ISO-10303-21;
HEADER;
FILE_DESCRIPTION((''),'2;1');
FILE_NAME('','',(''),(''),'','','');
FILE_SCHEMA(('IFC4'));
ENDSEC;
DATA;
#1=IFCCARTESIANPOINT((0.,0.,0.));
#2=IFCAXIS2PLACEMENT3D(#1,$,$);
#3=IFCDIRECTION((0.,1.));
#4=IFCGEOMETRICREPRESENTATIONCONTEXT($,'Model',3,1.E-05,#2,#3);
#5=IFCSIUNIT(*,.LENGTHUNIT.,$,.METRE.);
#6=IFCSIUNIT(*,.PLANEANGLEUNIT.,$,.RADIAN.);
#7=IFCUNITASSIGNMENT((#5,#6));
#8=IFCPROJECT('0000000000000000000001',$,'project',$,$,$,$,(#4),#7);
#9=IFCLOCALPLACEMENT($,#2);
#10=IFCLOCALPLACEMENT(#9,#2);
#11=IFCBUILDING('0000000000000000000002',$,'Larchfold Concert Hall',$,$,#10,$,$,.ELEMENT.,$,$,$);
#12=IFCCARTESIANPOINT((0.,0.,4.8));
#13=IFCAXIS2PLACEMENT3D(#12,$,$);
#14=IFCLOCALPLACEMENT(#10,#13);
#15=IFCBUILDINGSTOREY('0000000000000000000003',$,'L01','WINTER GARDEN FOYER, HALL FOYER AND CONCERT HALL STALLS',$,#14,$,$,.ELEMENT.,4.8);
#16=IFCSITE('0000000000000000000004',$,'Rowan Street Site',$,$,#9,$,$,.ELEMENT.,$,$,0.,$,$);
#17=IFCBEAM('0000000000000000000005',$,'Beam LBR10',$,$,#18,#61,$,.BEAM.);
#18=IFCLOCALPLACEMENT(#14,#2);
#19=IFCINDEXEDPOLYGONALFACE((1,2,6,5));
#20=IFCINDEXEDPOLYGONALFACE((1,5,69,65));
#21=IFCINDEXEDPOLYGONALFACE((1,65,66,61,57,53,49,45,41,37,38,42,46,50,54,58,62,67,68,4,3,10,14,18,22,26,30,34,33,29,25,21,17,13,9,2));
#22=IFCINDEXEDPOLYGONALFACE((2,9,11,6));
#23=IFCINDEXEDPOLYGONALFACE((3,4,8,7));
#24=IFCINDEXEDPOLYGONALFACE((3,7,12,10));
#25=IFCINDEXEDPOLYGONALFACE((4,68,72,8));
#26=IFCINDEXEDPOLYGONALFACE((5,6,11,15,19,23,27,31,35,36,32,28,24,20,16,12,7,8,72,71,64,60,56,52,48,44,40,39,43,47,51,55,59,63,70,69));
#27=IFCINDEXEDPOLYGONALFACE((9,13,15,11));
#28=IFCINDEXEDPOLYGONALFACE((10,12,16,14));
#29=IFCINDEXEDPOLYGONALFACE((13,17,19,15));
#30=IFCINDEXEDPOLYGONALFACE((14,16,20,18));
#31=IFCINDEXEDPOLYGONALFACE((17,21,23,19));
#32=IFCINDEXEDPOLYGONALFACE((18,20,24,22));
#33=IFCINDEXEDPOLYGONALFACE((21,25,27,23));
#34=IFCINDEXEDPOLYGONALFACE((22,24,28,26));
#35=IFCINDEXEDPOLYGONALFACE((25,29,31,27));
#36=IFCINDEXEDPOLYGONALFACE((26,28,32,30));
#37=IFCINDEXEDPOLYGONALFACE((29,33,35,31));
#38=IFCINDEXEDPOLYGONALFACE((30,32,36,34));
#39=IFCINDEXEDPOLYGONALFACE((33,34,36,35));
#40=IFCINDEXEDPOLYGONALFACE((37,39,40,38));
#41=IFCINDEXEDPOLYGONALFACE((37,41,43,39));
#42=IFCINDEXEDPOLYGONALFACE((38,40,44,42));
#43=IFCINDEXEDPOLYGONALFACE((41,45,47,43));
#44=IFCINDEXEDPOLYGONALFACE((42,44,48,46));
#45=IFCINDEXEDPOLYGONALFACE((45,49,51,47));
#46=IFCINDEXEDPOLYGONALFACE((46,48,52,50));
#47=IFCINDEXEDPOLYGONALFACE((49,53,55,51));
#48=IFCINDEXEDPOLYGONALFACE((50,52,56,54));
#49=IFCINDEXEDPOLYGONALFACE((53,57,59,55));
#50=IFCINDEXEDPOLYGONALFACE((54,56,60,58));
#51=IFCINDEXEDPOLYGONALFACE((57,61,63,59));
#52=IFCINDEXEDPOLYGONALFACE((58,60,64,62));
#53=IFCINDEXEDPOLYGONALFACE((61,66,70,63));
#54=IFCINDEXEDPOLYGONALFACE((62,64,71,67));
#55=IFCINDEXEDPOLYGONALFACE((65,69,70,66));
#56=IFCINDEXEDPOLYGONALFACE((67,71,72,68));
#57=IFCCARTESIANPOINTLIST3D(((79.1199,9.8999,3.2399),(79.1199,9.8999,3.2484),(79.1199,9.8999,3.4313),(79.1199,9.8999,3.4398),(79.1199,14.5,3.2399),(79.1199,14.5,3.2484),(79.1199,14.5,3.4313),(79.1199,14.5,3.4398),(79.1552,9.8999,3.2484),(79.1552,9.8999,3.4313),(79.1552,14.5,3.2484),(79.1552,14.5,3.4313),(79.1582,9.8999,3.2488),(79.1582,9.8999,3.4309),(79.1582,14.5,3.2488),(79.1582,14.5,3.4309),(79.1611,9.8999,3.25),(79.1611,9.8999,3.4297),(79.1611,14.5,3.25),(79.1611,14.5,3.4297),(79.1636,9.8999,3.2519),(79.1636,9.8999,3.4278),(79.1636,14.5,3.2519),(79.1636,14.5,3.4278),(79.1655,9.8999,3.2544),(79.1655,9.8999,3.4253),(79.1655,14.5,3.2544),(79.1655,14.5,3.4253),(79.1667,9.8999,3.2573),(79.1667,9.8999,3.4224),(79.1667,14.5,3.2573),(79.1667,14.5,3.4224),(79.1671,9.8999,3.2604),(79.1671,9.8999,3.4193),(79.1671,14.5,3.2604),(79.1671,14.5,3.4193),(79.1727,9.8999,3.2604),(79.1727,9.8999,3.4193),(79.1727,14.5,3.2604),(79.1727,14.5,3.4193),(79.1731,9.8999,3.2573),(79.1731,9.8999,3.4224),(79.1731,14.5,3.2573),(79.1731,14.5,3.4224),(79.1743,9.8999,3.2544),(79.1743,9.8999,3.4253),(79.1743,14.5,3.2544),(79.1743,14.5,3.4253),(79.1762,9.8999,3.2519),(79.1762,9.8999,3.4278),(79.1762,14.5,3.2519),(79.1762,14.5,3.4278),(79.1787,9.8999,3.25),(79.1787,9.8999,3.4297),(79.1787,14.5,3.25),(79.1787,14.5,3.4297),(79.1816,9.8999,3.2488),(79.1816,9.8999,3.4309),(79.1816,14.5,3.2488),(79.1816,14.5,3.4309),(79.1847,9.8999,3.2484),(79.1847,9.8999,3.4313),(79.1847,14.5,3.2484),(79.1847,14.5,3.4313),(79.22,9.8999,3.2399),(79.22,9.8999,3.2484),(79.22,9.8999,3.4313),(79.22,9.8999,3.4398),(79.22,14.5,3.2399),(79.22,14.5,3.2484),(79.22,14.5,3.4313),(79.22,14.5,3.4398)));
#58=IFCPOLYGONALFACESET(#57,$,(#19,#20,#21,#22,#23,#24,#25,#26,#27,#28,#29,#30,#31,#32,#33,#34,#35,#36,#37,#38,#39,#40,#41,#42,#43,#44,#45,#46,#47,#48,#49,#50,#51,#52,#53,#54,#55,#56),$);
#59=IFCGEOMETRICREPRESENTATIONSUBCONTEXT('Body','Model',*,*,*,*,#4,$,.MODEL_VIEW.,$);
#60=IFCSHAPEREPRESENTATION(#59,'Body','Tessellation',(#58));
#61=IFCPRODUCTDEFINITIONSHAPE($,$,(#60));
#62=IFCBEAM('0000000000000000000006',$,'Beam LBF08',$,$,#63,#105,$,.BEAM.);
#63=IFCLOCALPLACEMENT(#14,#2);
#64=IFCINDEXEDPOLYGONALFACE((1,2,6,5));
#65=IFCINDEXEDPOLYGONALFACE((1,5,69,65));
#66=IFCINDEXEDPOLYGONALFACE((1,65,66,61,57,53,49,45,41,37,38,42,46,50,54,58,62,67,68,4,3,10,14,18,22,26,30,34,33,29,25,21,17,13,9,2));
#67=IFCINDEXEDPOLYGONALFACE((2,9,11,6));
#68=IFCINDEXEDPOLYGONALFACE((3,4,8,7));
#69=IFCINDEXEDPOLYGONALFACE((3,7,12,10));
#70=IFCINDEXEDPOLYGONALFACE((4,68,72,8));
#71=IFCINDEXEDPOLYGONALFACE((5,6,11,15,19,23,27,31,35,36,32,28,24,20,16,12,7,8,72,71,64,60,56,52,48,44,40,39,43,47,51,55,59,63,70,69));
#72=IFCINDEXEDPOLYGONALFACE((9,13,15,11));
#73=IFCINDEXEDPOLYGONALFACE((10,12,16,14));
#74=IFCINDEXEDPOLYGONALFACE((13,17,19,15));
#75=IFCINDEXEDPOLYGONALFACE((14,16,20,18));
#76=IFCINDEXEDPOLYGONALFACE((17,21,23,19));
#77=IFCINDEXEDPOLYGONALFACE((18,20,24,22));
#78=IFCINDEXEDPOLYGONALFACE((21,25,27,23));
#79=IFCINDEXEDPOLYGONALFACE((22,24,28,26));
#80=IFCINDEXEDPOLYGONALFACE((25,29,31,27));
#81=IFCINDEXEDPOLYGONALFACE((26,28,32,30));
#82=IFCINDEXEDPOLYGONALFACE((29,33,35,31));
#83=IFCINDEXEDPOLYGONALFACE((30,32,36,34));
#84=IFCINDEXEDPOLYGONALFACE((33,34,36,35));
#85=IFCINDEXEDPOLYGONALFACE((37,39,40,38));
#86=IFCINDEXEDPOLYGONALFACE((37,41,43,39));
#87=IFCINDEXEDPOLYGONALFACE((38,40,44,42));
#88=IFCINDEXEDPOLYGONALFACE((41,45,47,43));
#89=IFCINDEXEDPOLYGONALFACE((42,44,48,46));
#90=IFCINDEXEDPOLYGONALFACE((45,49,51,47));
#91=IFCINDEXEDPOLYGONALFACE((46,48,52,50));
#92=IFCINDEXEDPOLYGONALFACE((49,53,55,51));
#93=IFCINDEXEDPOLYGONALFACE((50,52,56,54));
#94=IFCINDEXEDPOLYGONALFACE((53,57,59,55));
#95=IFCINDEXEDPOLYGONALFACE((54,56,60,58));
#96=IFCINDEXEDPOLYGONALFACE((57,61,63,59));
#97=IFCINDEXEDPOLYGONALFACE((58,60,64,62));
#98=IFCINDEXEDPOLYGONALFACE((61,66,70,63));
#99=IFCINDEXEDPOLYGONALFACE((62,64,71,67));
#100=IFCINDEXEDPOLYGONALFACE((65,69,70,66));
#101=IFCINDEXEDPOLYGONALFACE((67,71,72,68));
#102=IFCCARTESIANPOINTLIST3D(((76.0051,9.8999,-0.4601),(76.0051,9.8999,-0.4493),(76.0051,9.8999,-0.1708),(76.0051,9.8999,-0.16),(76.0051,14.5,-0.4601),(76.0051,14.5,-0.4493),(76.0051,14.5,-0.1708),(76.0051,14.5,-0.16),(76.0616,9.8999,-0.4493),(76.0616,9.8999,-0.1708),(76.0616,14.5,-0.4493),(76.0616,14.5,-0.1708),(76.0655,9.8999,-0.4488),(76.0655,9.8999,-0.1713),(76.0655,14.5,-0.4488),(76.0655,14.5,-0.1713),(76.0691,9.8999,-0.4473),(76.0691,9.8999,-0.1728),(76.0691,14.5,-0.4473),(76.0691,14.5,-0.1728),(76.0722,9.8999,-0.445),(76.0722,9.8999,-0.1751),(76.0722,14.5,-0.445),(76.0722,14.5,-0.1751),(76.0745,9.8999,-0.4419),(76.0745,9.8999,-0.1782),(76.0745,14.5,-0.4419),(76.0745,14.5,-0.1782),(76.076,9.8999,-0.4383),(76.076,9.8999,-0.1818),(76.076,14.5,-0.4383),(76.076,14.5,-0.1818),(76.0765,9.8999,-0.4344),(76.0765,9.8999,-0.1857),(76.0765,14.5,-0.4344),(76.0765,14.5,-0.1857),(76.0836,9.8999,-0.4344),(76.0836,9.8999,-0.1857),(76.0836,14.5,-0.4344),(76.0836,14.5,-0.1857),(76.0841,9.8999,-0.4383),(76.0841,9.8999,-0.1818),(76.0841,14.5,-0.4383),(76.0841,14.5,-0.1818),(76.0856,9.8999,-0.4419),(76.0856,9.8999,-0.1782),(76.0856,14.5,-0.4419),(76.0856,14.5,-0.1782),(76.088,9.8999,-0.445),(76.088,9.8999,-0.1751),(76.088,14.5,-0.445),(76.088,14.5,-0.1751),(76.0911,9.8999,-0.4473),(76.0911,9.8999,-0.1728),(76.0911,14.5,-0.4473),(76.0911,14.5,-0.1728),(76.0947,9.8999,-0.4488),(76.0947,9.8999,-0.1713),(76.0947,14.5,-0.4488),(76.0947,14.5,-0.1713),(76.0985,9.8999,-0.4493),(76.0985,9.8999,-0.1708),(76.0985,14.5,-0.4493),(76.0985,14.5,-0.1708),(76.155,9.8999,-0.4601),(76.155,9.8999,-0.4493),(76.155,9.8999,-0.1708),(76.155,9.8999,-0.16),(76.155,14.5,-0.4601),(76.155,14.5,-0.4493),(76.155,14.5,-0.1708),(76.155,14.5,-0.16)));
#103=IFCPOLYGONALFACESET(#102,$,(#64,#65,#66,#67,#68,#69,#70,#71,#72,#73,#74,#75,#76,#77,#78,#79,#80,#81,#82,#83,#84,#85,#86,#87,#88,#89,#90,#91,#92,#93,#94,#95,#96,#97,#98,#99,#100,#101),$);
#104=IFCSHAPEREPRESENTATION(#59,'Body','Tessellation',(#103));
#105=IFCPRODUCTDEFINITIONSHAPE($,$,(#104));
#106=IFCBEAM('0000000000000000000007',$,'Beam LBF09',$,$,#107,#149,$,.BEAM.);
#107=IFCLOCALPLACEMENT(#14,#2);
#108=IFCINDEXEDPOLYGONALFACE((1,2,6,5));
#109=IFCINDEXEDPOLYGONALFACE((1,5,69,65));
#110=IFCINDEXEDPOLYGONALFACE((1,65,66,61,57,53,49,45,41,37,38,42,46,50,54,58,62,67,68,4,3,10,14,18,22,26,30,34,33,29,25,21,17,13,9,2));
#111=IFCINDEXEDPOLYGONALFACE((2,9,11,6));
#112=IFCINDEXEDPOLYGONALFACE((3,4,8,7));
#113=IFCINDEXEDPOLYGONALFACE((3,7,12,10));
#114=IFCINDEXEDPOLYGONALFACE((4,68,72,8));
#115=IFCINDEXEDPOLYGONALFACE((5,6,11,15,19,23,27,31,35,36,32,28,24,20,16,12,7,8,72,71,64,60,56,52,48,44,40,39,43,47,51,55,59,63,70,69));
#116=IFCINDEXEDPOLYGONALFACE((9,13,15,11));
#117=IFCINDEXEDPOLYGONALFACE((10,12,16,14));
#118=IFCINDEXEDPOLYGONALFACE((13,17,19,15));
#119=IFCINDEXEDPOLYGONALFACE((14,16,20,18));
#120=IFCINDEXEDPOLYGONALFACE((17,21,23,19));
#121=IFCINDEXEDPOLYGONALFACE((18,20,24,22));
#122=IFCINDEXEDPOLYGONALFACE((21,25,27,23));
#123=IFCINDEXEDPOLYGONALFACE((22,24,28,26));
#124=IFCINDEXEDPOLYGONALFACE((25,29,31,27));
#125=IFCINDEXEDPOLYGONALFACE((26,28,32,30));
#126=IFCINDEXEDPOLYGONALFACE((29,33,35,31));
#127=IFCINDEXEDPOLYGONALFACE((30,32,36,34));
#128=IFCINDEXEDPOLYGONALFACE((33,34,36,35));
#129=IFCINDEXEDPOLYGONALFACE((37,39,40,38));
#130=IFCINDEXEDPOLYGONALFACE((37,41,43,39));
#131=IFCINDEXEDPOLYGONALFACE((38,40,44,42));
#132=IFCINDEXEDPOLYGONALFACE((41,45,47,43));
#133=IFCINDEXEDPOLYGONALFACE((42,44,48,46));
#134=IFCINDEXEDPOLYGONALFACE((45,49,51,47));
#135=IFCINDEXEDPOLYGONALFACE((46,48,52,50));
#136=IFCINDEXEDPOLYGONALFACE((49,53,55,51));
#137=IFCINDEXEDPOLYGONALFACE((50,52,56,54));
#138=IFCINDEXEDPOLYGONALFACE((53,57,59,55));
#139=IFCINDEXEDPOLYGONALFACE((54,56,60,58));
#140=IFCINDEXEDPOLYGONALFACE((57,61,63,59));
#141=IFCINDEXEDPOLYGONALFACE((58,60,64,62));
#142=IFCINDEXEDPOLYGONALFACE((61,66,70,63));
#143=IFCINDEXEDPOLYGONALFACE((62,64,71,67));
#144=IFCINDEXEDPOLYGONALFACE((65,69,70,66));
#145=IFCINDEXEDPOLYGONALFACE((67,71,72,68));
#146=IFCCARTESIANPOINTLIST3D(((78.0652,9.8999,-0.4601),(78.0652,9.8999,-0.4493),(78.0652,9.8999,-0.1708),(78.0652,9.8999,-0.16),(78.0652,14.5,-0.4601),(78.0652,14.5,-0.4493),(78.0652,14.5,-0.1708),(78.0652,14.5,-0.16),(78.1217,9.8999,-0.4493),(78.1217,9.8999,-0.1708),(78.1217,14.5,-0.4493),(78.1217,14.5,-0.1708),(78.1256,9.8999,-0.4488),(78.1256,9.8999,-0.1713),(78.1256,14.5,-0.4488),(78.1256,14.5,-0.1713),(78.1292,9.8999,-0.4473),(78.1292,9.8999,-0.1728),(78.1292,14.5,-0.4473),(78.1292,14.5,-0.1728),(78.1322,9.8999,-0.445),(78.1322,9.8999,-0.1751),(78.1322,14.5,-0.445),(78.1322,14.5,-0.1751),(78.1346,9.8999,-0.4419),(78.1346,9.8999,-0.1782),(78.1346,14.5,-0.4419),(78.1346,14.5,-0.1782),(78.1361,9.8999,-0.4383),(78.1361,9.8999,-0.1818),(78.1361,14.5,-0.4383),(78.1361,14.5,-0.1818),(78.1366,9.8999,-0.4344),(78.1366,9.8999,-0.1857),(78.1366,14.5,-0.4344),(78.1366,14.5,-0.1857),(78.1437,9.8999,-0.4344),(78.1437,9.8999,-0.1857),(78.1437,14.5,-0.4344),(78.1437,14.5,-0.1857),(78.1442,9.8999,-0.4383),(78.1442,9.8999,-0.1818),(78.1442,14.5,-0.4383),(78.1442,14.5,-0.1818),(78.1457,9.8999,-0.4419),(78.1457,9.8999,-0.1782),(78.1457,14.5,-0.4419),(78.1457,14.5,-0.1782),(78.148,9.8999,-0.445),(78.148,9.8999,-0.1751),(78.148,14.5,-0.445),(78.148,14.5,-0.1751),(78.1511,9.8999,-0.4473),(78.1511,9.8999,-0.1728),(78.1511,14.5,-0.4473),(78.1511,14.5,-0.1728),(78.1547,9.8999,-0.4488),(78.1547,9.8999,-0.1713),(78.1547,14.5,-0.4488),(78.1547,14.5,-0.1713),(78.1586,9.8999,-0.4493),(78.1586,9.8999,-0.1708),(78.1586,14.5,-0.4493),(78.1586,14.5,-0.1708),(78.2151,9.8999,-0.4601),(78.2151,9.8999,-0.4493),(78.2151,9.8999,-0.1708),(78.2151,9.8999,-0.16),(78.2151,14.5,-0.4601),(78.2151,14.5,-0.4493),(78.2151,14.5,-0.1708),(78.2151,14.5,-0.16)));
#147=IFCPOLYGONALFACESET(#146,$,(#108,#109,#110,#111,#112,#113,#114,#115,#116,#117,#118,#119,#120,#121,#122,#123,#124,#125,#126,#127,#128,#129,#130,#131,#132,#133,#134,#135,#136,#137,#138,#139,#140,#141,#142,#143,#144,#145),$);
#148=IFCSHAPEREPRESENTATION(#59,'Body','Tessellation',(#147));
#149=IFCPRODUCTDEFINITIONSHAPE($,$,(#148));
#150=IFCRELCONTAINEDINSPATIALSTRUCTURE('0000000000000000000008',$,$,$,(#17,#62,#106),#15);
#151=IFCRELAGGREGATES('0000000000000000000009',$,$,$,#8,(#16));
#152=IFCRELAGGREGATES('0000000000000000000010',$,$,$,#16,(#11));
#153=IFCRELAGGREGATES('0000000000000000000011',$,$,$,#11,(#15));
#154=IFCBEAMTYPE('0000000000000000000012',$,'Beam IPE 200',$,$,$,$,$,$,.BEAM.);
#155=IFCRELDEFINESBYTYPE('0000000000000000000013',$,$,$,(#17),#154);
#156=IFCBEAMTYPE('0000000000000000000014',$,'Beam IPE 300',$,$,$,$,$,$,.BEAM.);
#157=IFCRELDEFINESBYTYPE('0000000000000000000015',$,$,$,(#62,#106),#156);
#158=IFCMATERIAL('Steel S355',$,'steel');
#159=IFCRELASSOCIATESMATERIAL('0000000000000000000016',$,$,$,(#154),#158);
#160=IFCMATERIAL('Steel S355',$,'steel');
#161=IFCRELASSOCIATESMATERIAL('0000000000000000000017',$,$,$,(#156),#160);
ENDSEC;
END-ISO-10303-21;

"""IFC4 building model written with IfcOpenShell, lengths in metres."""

from ifc_helpers import new_model, si_unit, direction, frame, origin, origin_2d, place, context, subcontext, project, spatial, i_section, extrude, material, material_profile, profile_set, type_object, element, save


model = new_model("IFC4")

# Units and contexts
model_context = context("Model", 3, precision=1e-05, world=origin(), true_north=direction((0.0, 1.0)))
body_context = subcontext(model_context, "Body", "Model", "MODEL_VIEW")
ifc_project = project(units=[si_unit("LENGTHUNIT", "METRE"), si_unit("PLANEANGLEUNIT", "RADIAN")], contexts=[model_context])

# Site, building, storey
site_placement = place(None, origin())
site = spatial("IfcSite", under=ifc_project, at=site_placement, Name="Rowan Street Site", CompositionType="ELEMENT", RefElevation=0.0)
building_placement = place(site_placement, origin())
building = spatial("IfcBuilding", under=site, at=building_placement, Name="Larchfold Concert Hall", CompositionType="ELEMENT")
storey_placement = place(building_placement, frame((0.0, 0.0, 4.8)))
storey = spatial("IfcBuildingStorey", under=building, at=storey_placement, Name="L01", Description="WINTER GARDEN FOYER, HALL FOYER AND CONCERT HALL STALLS", CompositionType="ELEMENT", Elevation=4.8)

# Beams
ifc_material_1 = material(Name="Steel S355", Category="steel")
ifc_material_profile_1 = material_profile(ifc_material_1, i_section(OverallWidth=0.1001, OverallDepth=0.2, WebThickness=0.0056, FlangeThickness=0.0085, FilletRadius=0.012, at=origin_2d()))
ifc_profile_set_1 = profile_set([ifc_material_profile_1], Name="Steel S355")
beam_type_1 = type_object("IfcBeamType", Name="Beam IPE 200", PredefinedType="BEAM", material=ifc_profile_set_1)
for number, where, z_axis, x_axis, name in (
    (1, (79.1699, 9.8999, 3.3398), (0.0, 1.0, 0.0), (-1.0, 0.0, 0.0), "Beam LBR10"),
):
    element("IfcBeam", number, at=place(storey_placement, frame(where, z_axis=z_axis, x_axis=x_axis)), inside=storey, type_object=beam_type_1, Name=name, PredefinedType="BEAM", context=body_context, shape_type="SweptSolid", body=[
        extrude(i_section(OverallWidth=0.1001, OverallDepth=0.2, WebThickness=0.0056, FlangeThickness=0.0085, FilletRadius=0.012, at=origin_2d()), origin(), (0.0, 0.0, 1.0), 4.6001),
    ])
ifc_material_2 = material(Name="Steel S355", Category="steel")
ifc_material_profile_2 = material_profile(ifc_material_2, i_section(OverallWidth=0.1499, OverallDepth=0.3, WebThickness=0.0071, FlangeThickness=0.0107, FilletRadius=0.0149, at=origin_2d()))
ifc_profile_set_2 = profile_set([ifc_material_profile_2], Name="Steel S355")
beam_type_2 = type_object("IfcBeamType", Name="Beam IPE 300", PredefinedType="BEAM", material=ifc_profile_set_2)
for number, where, z_axis, x_axis, name in (
    (2, (76.0801, 9.8999, -0.3101), (0.0, 1.0, 0.0), (-1.0, 0.0, 0.0), "Beam LBF08"),
    (3, (78.1401, 9.8999, -0.3101), (0.0, 1.0, 0.0), (-1.0, 0.0, 0.0), "Beam LBF09"),
):
    element("IfcBeam", number, at=place(storey_placement, frame(where, z_axis=z_axis, x_axis=x_axis)), inside=storey, type_object=beam_type_2, Name=name, PredefinedType="BEAM", context=body_context, shape_type="SweptSolid", body=[
        extrude(i_section(OverallWidth=0.1499, OverallDepth=0.3, WebThickness=0.0071, FlangeThickness=0.0107, FilletRadius=0.0149, at=origin_2d()), origin(), (0.0, 0.0, 1.0), 4.6001),
    ])

save(model, "model.ifc")
